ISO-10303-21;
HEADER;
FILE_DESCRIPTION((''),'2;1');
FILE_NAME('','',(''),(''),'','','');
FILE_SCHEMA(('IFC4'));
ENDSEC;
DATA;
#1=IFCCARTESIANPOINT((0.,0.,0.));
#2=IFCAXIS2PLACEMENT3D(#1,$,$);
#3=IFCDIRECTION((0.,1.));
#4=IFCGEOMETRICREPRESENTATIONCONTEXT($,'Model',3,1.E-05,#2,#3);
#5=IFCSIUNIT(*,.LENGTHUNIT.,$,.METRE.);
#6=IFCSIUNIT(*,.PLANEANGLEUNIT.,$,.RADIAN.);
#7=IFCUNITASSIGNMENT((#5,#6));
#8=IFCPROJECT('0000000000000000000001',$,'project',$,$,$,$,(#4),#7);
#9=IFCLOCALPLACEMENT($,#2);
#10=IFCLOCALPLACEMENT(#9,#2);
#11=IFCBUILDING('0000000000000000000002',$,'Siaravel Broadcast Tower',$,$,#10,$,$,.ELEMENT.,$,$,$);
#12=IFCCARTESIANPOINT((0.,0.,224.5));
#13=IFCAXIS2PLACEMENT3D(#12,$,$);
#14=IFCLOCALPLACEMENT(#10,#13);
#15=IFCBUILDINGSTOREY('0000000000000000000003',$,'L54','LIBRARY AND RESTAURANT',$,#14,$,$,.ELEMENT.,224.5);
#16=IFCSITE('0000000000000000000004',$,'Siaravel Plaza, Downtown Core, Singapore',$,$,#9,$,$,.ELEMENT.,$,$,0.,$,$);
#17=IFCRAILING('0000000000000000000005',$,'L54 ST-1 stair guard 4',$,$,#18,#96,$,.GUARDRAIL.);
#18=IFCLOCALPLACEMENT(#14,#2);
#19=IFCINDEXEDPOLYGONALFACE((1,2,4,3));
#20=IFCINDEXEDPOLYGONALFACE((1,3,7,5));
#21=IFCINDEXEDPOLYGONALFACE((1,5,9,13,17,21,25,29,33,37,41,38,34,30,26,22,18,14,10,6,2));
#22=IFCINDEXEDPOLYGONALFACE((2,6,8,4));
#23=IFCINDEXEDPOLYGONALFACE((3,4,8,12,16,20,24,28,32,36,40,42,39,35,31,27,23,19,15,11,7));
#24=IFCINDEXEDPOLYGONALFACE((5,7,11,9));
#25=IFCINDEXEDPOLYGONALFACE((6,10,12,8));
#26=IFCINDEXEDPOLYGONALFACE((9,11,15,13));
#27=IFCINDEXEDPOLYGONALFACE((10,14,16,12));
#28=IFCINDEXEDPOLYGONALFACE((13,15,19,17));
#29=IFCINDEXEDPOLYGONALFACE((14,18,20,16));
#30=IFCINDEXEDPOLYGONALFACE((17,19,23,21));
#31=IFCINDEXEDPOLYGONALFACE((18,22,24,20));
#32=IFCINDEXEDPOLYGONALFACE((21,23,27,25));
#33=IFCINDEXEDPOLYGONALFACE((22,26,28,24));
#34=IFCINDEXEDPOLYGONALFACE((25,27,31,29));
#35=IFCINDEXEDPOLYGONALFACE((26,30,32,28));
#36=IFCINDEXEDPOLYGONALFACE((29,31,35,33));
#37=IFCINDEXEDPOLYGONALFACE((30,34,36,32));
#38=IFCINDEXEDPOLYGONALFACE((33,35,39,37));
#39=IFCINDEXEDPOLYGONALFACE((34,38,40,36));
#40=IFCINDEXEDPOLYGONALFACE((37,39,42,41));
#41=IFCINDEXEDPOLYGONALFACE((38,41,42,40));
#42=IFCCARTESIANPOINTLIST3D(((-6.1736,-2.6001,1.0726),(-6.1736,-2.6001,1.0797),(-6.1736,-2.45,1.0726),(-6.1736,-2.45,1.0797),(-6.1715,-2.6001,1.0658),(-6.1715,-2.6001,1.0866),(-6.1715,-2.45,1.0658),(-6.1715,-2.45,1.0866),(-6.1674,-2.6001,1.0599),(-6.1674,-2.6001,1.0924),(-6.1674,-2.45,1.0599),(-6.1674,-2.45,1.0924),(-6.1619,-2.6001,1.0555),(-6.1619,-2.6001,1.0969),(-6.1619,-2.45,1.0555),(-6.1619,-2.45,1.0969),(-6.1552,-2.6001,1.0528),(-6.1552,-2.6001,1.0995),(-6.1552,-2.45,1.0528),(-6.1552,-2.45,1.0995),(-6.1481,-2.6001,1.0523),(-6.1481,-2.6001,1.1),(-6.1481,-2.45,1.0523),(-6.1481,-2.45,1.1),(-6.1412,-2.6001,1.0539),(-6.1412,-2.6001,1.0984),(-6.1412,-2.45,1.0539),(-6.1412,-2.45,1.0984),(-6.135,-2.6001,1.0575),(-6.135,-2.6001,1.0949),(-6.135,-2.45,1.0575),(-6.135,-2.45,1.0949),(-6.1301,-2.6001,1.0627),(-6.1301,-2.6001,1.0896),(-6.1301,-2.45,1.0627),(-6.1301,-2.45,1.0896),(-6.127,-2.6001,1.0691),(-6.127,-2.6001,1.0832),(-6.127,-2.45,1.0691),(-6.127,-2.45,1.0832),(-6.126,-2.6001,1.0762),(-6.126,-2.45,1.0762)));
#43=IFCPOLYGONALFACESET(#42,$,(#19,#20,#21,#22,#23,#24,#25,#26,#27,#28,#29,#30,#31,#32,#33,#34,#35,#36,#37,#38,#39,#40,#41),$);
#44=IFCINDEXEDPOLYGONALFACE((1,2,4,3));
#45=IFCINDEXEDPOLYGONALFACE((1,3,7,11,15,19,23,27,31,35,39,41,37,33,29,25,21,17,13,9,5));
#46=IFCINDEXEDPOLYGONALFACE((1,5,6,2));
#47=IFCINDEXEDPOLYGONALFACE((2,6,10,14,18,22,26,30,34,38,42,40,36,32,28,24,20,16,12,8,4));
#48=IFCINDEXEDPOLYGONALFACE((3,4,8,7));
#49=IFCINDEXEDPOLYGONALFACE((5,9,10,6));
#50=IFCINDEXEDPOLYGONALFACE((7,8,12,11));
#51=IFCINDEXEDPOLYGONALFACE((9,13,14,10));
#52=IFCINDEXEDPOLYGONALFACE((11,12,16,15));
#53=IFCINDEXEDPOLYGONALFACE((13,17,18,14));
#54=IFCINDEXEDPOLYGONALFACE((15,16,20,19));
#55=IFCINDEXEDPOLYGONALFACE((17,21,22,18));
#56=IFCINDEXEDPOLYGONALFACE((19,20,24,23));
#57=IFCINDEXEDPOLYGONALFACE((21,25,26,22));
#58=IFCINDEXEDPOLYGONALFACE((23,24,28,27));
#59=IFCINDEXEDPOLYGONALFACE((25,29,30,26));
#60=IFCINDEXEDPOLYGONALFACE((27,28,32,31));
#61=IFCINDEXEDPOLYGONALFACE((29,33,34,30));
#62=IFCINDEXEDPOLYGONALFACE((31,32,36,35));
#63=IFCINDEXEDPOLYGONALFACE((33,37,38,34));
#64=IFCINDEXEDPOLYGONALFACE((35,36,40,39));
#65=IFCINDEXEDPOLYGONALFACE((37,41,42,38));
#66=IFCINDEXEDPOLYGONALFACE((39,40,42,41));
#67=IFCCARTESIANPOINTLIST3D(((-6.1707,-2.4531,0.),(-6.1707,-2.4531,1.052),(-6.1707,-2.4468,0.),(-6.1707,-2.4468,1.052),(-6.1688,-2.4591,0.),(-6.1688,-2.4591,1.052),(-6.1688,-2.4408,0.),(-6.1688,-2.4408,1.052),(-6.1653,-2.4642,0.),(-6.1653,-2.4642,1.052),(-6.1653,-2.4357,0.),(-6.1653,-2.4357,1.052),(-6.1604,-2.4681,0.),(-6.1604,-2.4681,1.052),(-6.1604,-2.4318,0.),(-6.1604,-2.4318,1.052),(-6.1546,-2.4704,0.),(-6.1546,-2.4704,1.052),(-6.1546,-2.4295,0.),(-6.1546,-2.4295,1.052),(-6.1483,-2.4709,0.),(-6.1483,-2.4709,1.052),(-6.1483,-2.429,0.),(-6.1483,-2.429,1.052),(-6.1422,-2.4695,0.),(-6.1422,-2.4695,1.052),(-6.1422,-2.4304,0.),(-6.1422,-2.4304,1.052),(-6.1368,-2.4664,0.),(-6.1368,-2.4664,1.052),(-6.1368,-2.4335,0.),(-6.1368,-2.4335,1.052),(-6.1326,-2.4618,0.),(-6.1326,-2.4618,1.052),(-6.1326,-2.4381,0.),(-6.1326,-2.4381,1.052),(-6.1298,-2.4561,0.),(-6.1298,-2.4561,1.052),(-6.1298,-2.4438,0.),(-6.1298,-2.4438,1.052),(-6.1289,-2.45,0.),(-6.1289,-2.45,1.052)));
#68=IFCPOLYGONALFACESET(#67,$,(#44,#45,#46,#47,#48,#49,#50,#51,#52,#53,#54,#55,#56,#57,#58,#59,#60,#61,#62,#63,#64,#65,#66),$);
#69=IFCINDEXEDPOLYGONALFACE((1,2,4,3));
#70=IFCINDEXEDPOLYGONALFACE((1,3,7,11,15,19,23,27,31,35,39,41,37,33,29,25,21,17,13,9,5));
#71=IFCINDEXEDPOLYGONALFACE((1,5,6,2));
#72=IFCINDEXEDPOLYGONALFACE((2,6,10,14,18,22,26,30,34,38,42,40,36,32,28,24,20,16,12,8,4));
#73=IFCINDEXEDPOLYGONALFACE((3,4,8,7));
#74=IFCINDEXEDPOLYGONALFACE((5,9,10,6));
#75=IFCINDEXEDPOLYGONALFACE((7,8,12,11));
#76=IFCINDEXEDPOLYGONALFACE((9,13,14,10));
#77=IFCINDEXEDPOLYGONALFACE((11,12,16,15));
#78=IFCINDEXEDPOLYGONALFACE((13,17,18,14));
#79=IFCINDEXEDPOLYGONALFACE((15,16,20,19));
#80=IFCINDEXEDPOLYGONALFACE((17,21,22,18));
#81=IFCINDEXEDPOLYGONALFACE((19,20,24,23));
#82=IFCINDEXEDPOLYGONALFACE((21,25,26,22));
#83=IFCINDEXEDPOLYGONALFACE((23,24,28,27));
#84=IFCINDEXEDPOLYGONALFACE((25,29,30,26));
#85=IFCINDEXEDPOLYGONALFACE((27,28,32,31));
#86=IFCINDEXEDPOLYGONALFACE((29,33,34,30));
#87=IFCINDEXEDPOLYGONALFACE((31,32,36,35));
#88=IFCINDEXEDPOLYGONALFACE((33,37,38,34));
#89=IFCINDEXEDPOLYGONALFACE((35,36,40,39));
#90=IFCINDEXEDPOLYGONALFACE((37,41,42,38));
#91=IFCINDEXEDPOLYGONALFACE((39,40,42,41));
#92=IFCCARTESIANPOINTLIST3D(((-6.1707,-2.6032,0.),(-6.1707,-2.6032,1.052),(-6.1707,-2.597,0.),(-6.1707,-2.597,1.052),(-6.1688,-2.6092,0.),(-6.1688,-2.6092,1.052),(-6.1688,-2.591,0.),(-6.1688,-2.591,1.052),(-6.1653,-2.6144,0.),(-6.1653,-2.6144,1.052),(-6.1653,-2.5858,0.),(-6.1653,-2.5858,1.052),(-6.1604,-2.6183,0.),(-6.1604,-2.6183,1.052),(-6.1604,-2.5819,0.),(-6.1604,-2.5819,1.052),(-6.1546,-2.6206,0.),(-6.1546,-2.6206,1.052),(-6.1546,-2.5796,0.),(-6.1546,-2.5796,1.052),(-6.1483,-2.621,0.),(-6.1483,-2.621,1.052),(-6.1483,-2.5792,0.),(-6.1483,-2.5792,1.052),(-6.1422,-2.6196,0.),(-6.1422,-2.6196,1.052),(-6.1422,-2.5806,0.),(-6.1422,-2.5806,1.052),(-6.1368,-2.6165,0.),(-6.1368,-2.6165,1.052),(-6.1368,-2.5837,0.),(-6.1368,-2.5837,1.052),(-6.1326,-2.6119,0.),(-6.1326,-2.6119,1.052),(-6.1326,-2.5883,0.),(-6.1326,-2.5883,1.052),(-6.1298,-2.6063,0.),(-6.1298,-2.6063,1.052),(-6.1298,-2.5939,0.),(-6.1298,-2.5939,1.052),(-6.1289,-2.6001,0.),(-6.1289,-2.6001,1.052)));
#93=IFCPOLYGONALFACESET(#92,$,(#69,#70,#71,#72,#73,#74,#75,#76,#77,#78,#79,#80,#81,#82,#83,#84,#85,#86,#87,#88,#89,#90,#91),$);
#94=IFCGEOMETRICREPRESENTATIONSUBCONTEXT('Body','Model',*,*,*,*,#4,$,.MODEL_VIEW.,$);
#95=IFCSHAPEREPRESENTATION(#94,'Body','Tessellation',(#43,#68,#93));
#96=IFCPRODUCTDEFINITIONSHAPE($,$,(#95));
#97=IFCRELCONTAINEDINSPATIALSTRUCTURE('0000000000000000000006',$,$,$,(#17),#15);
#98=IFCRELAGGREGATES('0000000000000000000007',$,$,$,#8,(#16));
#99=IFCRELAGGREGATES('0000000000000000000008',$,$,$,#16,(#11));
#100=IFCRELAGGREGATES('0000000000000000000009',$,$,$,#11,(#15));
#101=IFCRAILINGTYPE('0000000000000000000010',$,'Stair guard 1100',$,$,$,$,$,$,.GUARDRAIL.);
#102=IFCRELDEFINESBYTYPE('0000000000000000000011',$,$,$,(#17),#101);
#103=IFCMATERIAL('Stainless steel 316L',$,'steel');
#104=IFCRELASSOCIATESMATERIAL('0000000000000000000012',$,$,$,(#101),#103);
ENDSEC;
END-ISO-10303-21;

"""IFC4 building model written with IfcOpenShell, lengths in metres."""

from ifc_helpers import new_model, si_unit, direction, frame, origin, origin_2d, place, context, subcontext, project, spatial, circle, extrude, material, type_object, element, save


model = new_model("IFC4")

# Units and contexts
model_context = context("Model", 3, precision=1e-05, world=origin(), true_north=direction((0.0, 1.0)))
body_context = subcontext(model_context, "Body", "Model", "MODEL_VIEW")
ifc_project = project(units=[si_unit("LENGTHUNIT", "METRE"), si_unit("PLANEANGLEUNIT", "RADIAN")], contexts=[model_context])

# Site, building, storey
site_placement = place(None, origin())
site = spatial("IfcSite", under=ifc_project, at=site_placement, Name="Siaravel Plaza, Downtown Core, Singapore", CompositionType="ELEMENT", RefElevation=0.0)
building_placement = place(site_placement, origin())
building = spatial("IfcBuilding", under=site, at=building_placement, Name="Siaravel Broadcast Tower", CompositionType="ELEMENT")
storey_placement = place(building_placement, frame((0.0, 0.0, 224.5)))
storey = spatial("IfcBuildingStorey", under=building, at=storey_placement, Name="L54", Description="LIBRARY AND RESTAURANT", CompositionType="ELEMENT", Elevation=224.5)

# Shared definitions
ifc_material_1 = material(Name="Stainless steel 316L", Category="steel")

# Railing
railing_type_1 = type_object("IfcRailingType", Name="Stair guard 1100", PredefinedType="GUARDRAIL", material=ifc_material_1)
railing_1_placement = place(storey_placement, frame((-6.1499, -2.45, 0.0)))
element("IfcRailing", 1, at=railing_1_placement, inside=storey, type_object=railing_type_1, Name="L54 ST-1 stair guard 4", PredefinedType="GUARDRAIL", context=body_context, shape_type="SweptSolid", body=[
    extrude(circle(Radius=0.0239, at=origin_2d()), frame((0.0, 0.0, 1.0762), z_axis=(0.0, -1.0, 0.0), x_axis=(1.0, 0.0, 0.0)), (0.0, 0.0, 1.0), 0.1501),
    extrude(circle(Radius=0.021, at=origin_2d()), origin(), (0.0, 0.0, 1.0), 1.052),
    extrude(circle(Radius=0.021, at=origin_2d()), frame((0.0, -0.1501, 0.0)), (0.0, 0.0, 1.0), 1.052),
])

save(model, "model.ifc")
